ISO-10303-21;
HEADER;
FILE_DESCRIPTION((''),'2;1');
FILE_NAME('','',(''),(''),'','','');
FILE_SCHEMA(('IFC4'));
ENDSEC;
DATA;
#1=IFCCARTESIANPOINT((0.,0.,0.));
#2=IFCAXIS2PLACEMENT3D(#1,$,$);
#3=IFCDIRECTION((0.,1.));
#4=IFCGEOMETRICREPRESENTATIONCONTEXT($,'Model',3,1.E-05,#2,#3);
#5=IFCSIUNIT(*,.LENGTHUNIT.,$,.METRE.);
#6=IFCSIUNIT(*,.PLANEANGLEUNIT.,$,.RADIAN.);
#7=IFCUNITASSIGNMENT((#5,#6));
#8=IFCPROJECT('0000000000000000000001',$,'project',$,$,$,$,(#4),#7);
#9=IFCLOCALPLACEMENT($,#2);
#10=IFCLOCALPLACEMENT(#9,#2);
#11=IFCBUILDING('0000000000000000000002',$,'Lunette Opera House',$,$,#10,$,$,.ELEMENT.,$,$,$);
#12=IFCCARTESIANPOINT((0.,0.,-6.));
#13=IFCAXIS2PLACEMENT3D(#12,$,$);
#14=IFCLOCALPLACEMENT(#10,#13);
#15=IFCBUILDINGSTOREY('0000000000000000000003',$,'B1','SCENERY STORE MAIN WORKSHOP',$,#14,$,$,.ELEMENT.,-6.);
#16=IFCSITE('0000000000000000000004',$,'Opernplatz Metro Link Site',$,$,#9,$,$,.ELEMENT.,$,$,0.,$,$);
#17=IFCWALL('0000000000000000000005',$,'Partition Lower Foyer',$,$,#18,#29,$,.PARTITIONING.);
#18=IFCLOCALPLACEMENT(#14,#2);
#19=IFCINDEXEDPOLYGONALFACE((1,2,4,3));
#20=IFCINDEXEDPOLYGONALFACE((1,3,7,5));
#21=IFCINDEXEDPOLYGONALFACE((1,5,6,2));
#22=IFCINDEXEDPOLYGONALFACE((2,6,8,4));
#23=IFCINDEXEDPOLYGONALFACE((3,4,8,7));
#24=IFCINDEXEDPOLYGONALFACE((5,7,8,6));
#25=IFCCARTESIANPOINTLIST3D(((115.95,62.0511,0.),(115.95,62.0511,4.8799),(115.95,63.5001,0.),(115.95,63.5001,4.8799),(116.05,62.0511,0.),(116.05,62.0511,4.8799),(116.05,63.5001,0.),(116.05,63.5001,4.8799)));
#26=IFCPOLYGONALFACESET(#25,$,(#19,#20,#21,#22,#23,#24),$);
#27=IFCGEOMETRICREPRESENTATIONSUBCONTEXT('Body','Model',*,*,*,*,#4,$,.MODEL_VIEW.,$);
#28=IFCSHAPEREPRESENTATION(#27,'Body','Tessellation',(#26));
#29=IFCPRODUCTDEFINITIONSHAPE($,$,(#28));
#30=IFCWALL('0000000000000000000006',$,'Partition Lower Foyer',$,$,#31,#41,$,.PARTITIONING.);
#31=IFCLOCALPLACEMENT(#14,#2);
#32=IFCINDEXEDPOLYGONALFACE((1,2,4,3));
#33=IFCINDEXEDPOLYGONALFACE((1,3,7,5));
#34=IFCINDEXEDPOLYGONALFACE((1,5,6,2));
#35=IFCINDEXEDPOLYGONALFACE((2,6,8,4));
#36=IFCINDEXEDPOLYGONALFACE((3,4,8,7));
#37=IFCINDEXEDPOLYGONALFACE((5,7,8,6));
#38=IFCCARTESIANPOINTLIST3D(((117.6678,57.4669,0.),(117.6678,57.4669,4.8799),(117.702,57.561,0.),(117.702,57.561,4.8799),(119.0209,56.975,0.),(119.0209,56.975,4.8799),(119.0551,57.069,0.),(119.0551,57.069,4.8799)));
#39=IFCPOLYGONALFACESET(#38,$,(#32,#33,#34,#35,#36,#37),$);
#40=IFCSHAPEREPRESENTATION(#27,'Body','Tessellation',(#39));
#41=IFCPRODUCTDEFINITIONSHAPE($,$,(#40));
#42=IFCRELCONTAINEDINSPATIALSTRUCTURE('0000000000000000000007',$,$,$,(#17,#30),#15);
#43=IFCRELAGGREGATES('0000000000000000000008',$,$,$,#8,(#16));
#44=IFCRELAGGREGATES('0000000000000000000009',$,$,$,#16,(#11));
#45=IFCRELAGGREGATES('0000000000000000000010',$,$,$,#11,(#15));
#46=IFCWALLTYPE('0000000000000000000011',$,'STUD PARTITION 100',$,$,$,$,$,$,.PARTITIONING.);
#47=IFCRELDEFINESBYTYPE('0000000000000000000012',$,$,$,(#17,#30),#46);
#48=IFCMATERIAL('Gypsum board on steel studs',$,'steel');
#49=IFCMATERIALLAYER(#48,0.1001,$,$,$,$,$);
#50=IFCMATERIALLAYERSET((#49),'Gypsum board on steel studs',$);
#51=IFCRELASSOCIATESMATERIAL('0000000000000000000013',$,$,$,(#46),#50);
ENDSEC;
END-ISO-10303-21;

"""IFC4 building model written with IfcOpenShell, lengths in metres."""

from ifc_helpers import new_model, si_unit, direction, frame, frame_2d, origin, place, context, subcontext, project, spatial, rectangle, extrude, material, layer, layer_set, type_object, element, save


model = new_model("IFC4")

# Units and contexts
model_context = context("Model", 3, precision=1e-05, world=origin(), true_north=direction((0.0, 1.0)))
body_context = subcontext(model_context, "Body", "Model", "MODEL_VIEW")
ifc_project = project(units=[si_unit("LENGTHUNIT", "METRE"), si_unit("PLANEANGLEUNIT", "RADIAN")], contexts=[model_context])

# Site, building, storey
site_placement = place(None, origin())
site = spatial("IfcSite", under=ifc_project, at=site_placement, Name="Opernplatz Metro Link Site", CompositionType="ELEMENT", RefElevation=0.0)
building_placement = place(site_placement, origin())
building = spatial("IfcBuilding", under=site, at=building_placement, Name="Lunette Opera House", CompositionType="ELEMENT")
storey_placement = place(building_placement, frame((0.0, 0.0, -6.0)))
storey = spatial("IfcBuildingStorey", under=building, at=storey_placement, Name="B1", Description="SCENERY STORE MAIN WORKSHOP", CompositionType="ELEMENT", Elevation=-6.0)

# Shared definitions
ifc_material_1 = material(Name="Gypsum board on steel studs", Category="steel")
ifc_layer_1 = layer(ifc_material_1, 0.1001)
ifc_layer_set_1 = layer_set([ifc_layer_1], Name="Gypsum board on steel studs")
wall_type_1 = type_object("IfcWallType", Name="STUD PARTITION 100", PredefinedType="PARTITIONING", material=ifc_layer_set_1)

# Walls
wall_1_placement = place(storey_placement, frame((116.0, 62.051, 0.0), z_axis=(0.0, 0.0, 1.0), x_axis=(0.0, 1.0, 0.0)))
element("IfcWall", 1, at=wall_1_placement, inside=storey, type_object=wall_type_1, Name="Partition Lower Foyer", PredefinedType="PARTITIONING", context=body_context, shape_type="SweptSolid", body=[
    extrude(rectangle(XDim=1.449, YDim=0.1001, at=frame_2d((0.7246, 0.0))), origin(), (0.0, 0.0, 1.0), 4.8799),
])
wall_2_placement = place(storey_placement, frame((117.6851, 57.5139, 0.0), z_axis=(0.0, 0.0, 1.0), x_axis=(0.939808, -0.341702, 0.0)))
element("IfcWall", 2, at=wall_2_placement, inside=storey, type_object=wall_type_1, Name="Partition Lower Foyer", PredefinedType="PARTITIONING", context=body_context, shape_type="SweptSolid", body=[
    extrude(rectangle(XDim=1.4397, YDim=0.1001, at=frame_2d((0.7197, 0.0))), origin(), (0.0, 0.0, 1.0), 4.8799),
])

save(model, "model.ifc")
